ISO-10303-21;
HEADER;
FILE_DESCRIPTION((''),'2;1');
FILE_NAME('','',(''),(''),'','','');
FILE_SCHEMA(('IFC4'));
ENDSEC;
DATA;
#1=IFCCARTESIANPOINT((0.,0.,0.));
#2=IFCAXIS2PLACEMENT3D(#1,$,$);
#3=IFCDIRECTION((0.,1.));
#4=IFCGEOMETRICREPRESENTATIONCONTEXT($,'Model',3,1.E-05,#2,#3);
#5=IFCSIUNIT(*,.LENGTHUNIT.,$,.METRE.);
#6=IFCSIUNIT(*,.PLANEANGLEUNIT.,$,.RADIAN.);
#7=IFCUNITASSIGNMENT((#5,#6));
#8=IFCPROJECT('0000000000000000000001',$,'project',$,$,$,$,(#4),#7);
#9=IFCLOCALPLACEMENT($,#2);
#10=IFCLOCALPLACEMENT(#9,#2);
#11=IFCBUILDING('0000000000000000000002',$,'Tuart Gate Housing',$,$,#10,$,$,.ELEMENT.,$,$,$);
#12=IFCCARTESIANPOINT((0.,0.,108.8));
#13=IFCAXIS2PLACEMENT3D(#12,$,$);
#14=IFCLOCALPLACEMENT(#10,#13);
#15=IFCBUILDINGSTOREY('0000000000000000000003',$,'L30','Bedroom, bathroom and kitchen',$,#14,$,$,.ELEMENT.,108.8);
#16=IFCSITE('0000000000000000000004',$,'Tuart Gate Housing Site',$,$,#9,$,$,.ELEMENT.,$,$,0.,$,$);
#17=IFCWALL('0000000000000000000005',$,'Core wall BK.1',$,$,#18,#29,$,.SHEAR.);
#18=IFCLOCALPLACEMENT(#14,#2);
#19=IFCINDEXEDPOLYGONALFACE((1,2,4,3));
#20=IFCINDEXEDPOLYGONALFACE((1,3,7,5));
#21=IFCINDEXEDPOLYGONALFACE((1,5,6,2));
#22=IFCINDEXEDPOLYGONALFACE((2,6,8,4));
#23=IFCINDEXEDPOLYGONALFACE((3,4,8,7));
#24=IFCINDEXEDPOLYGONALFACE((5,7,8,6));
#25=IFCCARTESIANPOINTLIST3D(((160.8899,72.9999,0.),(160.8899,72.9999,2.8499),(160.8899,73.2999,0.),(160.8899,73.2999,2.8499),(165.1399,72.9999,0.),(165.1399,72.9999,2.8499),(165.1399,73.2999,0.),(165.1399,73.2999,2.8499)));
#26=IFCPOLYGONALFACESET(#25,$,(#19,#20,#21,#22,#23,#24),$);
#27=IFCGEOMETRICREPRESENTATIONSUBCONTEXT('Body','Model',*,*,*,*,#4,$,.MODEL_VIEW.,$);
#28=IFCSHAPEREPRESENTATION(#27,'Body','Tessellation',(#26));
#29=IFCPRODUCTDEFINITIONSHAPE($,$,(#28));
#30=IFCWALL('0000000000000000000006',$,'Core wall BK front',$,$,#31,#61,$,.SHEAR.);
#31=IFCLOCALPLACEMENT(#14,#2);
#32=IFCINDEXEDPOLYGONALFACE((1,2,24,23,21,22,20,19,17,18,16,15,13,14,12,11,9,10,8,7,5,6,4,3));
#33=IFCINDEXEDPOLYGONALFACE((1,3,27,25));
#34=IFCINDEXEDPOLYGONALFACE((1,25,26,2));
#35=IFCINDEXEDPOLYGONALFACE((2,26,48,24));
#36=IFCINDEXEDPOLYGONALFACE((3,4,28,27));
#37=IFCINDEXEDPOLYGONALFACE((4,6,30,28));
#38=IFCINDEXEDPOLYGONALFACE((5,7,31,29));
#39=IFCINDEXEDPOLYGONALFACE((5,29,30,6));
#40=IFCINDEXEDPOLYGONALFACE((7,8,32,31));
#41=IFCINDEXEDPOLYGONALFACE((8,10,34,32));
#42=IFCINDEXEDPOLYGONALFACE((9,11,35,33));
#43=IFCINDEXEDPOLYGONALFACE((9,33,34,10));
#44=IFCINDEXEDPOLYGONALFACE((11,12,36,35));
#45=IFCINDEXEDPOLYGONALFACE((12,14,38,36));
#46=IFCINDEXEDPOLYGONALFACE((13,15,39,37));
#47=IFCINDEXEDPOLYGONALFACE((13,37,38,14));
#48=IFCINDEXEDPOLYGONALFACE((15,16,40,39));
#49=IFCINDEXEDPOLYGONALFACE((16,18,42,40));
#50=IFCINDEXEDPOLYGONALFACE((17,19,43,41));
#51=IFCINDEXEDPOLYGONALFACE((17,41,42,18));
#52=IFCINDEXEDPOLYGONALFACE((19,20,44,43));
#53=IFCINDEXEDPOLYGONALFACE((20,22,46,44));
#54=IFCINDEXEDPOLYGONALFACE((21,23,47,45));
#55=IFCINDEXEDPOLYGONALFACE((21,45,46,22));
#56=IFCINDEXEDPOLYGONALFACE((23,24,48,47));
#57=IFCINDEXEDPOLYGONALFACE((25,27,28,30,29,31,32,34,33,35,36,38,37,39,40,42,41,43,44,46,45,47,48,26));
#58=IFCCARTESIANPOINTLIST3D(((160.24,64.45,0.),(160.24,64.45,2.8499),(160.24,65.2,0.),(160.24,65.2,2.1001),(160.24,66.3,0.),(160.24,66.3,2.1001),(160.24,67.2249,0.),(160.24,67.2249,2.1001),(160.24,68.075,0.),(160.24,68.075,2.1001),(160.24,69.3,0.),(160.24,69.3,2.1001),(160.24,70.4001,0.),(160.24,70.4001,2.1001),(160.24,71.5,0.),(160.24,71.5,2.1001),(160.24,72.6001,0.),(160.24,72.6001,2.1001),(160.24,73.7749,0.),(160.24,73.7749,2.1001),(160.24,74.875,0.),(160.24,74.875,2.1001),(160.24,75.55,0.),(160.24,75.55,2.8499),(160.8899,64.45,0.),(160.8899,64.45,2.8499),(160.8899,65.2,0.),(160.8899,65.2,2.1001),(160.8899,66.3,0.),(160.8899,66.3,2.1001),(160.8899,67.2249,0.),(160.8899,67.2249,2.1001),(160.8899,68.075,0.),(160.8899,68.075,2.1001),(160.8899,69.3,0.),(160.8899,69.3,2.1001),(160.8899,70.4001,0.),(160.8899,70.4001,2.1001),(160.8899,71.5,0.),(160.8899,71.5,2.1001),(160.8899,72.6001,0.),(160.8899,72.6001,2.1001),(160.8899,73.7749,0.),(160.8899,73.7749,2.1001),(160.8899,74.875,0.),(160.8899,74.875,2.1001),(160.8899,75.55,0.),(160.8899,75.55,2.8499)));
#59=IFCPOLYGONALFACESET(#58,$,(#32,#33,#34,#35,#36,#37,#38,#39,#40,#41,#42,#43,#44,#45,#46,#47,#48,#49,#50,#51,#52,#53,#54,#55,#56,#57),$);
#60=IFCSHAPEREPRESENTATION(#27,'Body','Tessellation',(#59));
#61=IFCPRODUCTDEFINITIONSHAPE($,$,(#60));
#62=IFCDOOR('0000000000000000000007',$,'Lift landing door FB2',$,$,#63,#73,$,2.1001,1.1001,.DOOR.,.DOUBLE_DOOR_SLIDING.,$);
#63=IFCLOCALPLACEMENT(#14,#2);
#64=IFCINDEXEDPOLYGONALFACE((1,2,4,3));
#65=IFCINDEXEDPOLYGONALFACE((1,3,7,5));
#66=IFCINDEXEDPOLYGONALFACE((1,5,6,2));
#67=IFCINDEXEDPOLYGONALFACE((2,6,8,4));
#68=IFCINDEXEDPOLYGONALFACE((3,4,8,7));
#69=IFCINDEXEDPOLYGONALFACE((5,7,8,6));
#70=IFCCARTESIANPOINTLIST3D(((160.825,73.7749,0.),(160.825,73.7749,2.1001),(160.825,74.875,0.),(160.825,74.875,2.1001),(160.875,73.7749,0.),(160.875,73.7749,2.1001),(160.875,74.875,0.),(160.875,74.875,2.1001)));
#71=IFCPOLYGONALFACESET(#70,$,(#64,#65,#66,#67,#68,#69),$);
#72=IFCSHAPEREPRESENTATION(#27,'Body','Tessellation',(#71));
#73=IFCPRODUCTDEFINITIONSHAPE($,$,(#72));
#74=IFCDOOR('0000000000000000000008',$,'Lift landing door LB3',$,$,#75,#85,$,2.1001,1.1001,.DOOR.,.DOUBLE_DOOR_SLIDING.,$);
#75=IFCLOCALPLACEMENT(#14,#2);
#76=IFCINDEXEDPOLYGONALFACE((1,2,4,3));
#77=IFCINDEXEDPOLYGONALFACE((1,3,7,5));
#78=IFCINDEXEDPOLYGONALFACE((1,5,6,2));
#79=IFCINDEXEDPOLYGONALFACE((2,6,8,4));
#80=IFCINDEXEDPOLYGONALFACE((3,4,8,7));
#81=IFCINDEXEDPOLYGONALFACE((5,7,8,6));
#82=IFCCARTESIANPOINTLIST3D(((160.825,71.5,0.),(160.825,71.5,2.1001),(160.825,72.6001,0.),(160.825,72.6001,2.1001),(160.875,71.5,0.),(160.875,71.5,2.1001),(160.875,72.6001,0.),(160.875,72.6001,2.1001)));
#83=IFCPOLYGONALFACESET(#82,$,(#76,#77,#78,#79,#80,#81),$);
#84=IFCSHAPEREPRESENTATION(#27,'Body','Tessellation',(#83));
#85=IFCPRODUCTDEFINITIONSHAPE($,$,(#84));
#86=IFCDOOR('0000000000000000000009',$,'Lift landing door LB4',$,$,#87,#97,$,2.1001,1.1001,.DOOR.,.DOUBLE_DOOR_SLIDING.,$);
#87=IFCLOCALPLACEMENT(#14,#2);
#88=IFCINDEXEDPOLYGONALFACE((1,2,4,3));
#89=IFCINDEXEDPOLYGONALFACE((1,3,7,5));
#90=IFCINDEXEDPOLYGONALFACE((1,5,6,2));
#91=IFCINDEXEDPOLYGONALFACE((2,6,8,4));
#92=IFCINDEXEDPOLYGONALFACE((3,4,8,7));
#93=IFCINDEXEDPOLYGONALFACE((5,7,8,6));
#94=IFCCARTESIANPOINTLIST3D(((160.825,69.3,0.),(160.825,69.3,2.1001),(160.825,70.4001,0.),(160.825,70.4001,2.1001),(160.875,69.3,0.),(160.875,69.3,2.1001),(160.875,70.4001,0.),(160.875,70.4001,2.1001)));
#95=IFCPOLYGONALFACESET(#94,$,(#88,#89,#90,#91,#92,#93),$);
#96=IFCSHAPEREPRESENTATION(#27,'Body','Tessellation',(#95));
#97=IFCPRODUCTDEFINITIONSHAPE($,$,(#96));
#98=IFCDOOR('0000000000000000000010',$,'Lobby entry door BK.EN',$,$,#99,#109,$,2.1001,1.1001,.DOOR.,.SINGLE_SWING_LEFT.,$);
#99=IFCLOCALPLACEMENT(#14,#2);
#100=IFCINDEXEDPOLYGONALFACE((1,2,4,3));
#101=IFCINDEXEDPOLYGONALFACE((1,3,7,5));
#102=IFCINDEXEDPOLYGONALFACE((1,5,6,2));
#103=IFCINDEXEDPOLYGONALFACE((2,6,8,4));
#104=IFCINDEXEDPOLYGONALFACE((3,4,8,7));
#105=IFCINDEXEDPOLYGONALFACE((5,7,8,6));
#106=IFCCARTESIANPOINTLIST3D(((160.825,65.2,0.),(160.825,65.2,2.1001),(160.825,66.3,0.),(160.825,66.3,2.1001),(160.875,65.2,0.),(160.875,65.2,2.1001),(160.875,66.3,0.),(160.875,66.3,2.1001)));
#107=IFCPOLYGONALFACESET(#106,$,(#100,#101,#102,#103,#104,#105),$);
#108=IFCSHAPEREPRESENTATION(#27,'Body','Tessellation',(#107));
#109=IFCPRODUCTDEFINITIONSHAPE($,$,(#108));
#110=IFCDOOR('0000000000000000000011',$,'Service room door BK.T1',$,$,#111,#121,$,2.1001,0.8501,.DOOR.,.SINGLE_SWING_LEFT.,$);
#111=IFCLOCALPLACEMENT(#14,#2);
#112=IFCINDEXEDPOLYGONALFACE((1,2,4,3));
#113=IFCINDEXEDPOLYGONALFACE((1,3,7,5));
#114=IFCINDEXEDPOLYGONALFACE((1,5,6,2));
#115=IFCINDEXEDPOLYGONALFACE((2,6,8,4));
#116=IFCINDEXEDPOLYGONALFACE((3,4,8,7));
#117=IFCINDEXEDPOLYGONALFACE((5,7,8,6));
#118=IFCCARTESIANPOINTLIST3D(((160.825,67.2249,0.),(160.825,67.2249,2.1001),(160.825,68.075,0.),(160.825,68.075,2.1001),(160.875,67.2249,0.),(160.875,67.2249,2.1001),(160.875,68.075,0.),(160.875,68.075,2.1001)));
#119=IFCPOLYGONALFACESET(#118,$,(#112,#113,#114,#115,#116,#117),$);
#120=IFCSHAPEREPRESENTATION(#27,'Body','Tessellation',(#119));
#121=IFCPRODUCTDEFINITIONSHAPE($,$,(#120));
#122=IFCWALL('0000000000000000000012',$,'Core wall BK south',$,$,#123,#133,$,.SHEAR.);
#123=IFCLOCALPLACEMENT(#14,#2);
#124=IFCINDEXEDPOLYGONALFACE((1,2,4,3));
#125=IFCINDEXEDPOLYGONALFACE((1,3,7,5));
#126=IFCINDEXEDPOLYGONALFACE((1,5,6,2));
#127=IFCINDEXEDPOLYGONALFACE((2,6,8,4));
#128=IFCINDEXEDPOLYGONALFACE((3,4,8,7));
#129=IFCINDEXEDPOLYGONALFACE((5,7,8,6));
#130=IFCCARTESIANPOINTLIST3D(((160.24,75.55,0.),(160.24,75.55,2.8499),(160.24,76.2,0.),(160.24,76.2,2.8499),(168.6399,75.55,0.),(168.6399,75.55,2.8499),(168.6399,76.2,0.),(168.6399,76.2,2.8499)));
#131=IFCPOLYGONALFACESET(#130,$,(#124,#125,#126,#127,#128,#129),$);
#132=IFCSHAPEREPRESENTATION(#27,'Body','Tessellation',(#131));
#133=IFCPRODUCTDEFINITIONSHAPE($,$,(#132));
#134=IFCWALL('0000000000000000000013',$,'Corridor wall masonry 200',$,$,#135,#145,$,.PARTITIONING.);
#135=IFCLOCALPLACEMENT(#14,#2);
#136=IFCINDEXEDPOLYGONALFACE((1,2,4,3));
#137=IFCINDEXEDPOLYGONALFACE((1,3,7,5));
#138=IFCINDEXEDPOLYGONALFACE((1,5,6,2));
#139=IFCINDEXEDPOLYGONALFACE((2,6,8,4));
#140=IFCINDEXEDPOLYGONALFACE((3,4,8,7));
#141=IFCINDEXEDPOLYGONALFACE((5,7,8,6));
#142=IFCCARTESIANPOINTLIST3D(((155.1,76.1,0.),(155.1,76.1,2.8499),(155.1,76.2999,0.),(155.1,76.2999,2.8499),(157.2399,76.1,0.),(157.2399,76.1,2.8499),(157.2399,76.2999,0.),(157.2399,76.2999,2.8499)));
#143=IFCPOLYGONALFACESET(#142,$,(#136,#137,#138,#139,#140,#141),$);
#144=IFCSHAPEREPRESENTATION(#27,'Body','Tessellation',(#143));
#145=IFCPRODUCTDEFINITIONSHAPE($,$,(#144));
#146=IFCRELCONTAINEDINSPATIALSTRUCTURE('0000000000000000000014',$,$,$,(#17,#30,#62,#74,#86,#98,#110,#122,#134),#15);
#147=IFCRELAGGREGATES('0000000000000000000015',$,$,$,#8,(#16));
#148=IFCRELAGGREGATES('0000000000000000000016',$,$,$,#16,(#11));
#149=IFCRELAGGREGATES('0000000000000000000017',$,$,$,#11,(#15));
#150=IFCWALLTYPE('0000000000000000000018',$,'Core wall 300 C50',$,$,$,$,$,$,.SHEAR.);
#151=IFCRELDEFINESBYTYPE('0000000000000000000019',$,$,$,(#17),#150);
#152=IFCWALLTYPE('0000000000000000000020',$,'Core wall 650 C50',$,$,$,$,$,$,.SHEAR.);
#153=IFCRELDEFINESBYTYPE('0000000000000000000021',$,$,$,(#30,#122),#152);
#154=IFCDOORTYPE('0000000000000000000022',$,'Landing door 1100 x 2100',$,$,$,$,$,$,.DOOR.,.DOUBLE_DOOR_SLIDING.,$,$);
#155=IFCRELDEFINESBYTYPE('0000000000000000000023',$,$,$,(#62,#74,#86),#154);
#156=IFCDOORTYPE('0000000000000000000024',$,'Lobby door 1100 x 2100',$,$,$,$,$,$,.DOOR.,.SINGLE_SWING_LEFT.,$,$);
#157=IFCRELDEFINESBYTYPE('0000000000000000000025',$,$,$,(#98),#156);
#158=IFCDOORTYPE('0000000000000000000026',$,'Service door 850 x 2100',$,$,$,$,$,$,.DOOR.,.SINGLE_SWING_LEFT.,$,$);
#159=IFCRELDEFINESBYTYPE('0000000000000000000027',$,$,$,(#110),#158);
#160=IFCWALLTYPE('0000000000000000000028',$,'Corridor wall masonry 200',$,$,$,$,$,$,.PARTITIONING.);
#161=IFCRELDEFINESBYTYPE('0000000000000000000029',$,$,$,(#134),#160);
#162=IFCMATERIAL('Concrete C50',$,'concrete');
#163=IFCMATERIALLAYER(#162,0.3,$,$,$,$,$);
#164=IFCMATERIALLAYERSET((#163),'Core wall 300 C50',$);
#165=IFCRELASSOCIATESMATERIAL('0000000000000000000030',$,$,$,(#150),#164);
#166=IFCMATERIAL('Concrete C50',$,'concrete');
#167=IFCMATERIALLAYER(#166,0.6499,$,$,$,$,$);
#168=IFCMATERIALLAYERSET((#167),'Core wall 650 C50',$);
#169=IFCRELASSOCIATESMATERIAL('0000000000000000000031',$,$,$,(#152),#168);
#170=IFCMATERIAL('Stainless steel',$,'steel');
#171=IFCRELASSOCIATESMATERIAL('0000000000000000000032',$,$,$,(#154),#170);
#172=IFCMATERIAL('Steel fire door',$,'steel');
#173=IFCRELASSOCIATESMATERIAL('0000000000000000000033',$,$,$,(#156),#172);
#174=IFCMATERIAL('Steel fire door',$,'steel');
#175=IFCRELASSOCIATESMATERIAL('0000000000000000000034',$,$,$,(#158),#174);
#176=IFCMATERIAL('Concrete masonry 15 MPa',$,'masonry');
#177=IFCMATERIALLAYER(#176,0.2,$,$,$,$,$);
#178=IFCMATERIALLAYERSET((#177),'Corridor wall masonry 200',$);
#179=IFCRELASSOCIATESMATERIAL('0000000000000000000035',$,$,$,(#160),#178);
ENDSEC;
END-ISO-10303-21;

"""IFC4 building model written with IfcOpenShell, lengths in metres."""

from ifc_helpers import new_model, si_unit, direction, frame, frame_2d, origin, place, context, subcontext, project, spatial, rectangle, extrude, material, layer, layer_set, type_object, element, fill, save


model = new_model("IFC4")

# Units and contexts
model_context = context("Model", 3, precision=1e-05, world=origin(), true_north=direction((0.0, 1.0)))
body_context = subcontext(model_context, "Body", "Model", "MODEL_VIEW")
ifc_project = project(units=[si_unit("LENGTHUNIT", "METRE"), si_unit("PLANEANGLEUNIT", "RADIAN")], contexts=[model_context])

# Site, building, storey
site_placement = place(None, origin())
site = spatial("IfcSite", under=ifc_project, at=site_placement, Name="Tuart Gate Housing Site", CompositionType="ELEMENT", RefElevation=0.0)
building_placement = place(site_placement, origin())
building = spatial("IfcBuilding", under=site, at=building_placement, Name="Tuart Gate Housing", CompositionType="ELEMENT")
storey_placement = place(building_placement, frame((0.0, 0.0, 108.8)))
storey = spatial("IfcBuildingStorey", under=building, at=storey_placement, Name="L30", Description="Bedroom, bathroom and kitchen", CompositionType="ELEMENT", Elevation=108.8)

# Wall
ifc_material_1 = material(Name="Concrete C50", Category="concrete")
ifc_layer_1 = layer(ifc_material_1, 0.3)
ifc_layer_set_1 = layer_set([ifc_layer_1], Name="Core wall 300 C50")
wall_type_1 = type_object("IfcWallType", Name="Core wall 300 C50", PredefinedType="SHEAR", material=ifc_layer_set_1)
wall_1_placement = place(storey_placement, frame((160.8899, 73.1499, 0.0), z_axis=(0.0, 0.0, 1.0), x_axis=(1.0, 0.0, 0.0)))
element("IfcWall", 1, at=wall_1_placement, inside=storey, type_object=wall_type_1, Name="Core wall BK.1", PredefinedType="SHEAR", context=body_context, shape_type="SweptSolid", body=[
    extrude(rectangle(XDim=4.25, YDim=0.3, at=frame_2d((2.125, 0.0))), origin(), (0.0, 0.0, 1.0), 2.8499),
])

# Wall, openings, doors
ifc_material_2 = material(Name="Concrete C50", Category="concrete")
ifc_layer_2 = layer(ifc_material_2, 0.6499)
ifc_layer_set_2 = layer_set([ifc_layer_2], Name="Core wall 650 C50")
wall_type_2 = type_object("IfcWallType", Name="Core wall 650 C50", PredefinedType="SHEAR", material=ifc_layer_set_2)
wall_2_placement = place(storey_placement, frame((160.5649, 75.55, 0.0), z_axis=(0.0, 0.0, 1.0), x_axis=(0.0, -1.0, 0.0)))
wall_2 = element("IfcWall", 2, at=wall_2_placement, inside=storey, type_object=wall_type_2, Name="Core wall BK front", PredefinedType="SHEAR", context=body_context, shape_type="SweptSolid", body=[
    extrude(rectangle(XDim=11.1001, YDim=0.6499, at=frame_2d((5.55, 0.0))), origin(), (0.0, 0.0, 1.0), 2.8499),
])
opening_1_placement = place(wall_2_placement, frame((0.675, 0.0, 0.0)))
opening_1 = element("IfcOpeningElement", 3, at=opening_1_placement, cuts=wall_2, PredefinedType="OPENING", context=body_context, shape_type="SweptSolid", body=[
    extrude(rectangle(XDim=1.1001, YDim=2.1001, at=frame_2d((0.55, 1.05))), frame((0.0, 0.335, 0.0), z_axis=(0.0, -1.0, 0.0), x_axis=(1.0, 0.0, 0.0)), (0.0, 0.0, 1.0), 0.6699),
])
opening_2_placement = place(wall_2_placement, frame((2.95, 0.0, 0.0)))
opening_2 = element("IfcOpeningElement", 4, at=opening_2_placement, cuts=wall_2, PredefinedType="OPENING", context=body_context, shape_type="SweptSolid", body=[
    extrude(rectangle(XDim=1.1001, YDim=2.1001, at=frame_2d((0.55, 1.05))), frame((0.0, 0.335, 0.0), z_axis=(0.0, -1.0, 0.0), x_axis=(1.0, 0.0, 0.0)), (0.0, 0.0, 1.0), 0.6699),
])
opening_3_placement = place(wall_2_placement, frame((5.1499, 0.0, 0.0)))
opening_3 = element("IfcOpeningElement", 5, at=opening_3_placement, cuts=wall_2, PredefinedType="OPENING", context=body_context, shape_type="SweptSolid", body=[
    extrude(rectangle(XDim=1.1001, YDim=2.1001, at=frame_2d((0.55, 1.05))), frame((0.0, 0.335, 0.0), z_axis=(0.0, -1.0, 0.0), x_axis=(1.0, 0.0, 0.0)), (0.0, 0.0, 1.0), 0.6699),
])
opening_4_placement = place(wall_2_placement, frame((9.25, 0.0, 0.0)))
opening_4 = element("IfcOpeningElement", 6, at=opening_4_placement, cuts=wall_2, PredefinedType="OPENING", context=body_context, shape_type="SweptSolid", body=[
    extrude(rectangle(XDim=1.1001, YDim=2.1001, at=frame_2d((0.55, 1.05))), frame((0.0, 0.335, 0.0), z_axis=(0.0, -1.0, 0.0), x_axis=(1.0, 0.0, 0.0)), (0.0, 0.0, 1.0), 0.6699),
])
opening_5_placement = place(wall_2_placement, frame((7.4751, 0.0, 0.0)))
opening_5 = element("IfcOpeningElement", 7, at=opening_5_placement, cuts=wall_2, PredefinedType="OPENING", context=body_context, shape_type="SweptSolid", body=[
    extrude(rectangle(XDim=0.8501, YDim=2.1001, at=frame_2d((0.425, 1.05))), frame((0.0, 0.335, 0.0), z_axis=(0.0, -1.0, 0.0), x_axis=(1.0, 0.0, 0.0)), (0.0, 0.0, 1.0), 0.6699),
])
ifc_material_3 = material(Name="Stainless steel", Category="steel")
door_type_1 = type_object("IfcDoorType", Name="Landing door 1100 x 2100", OperationType="DOUBLE_DOOR_SLIDING", PredefinedType="DOOR", material=ifc_material_3)
door_1_placement = place(opening_1_placement, origin())
door_1 = element("IfcDoor", 8, at=door_1_placement, inside=storey, type_object=door_type_1, Name="Lift landing door FB2", OperationType="DOUBLE_DOOR_SLIDING", OverallHeight=2.1001, OverallWidth=1.1001, PredefinedType="DOOR", context=body_context, shape_type="SweptSolid", body=[
    extrude(rectangle(XDim=1.1001, YDim=2.1001, at=frame_2d((0.55, 1.05))), frame((0.0, 0.3101, 0.0), z_axis=(0.0, -1.0, 0.0), x_axis=(1.0, 0.0, 0.0)), (0.0, 0.0, 1.0), 0.05),
])
fill(opening_1, door_1)
door_2_placement = place(opening_2_placement, origin())
door_2 = element("IfcDoor", 9, at=door_2_placement, inside=storey, type_object=door_type_1, Name="Lift landing door LB3", OperationType="DOUBLE_DOOR_SLIDING", OverallHeight=2.1001, OverallWidth=1.1001, PredefinedType="DOOR", context=body_context, shape_type="SweptSolid", body=[
    extrude(rectangle(XDim=1.1001, YDim=2.1001, at=frame_2d((0.55, 1.05))), frame((0.0, 0.3101, 0.0), z_axis=(0.0, -1.0, 0.0), x_axis=(1.0, 0.0, 0.0)), (0.0, 0.0, 1.0), 0.05),
])
fill(opening_2, door_2)
door_3_placement = place(opening_3_placement, origin())
door_3 = element("IfcDoor", 10, at=door_3_placement, inside=storey, type_object=door_type_1, Name="Lift landing door LB4", OperationType="DOUBLE_DOOR_SLIDING", OverallHeight=2.1001, OverallWidth=1.1001, PredefinedType="DOOR", context=body_context, shape_type="SweptSolid", body=[
    extrude(rectangle(XDim=1.1001, YDim=2.1001, at=frame_2d((0.55, 1.05))), frame((0.0, 0.3101, 0.0), z_axis=(0.0, -1.0, 0.0), x_axis=(1.0, 0.0, 0.0)), (0.0, 0.0, 1.0), 0.05),
])
fill(opening_3, door_3)
ifc_material_4 = material(Name="Steel fire door", Category="steel")
door_type_2 = type_object("IfcDoorType", Name="Lobby door 1100 x 2100", OperationType="SINGLE_SWING_LEFT", PredefinedType="DOOR", material=ifc_material_4)
door_4_placement = place(opening_4_placement, origin())
door_4 = element("IfcDoor", 11, at=door_4_placement, inside=storey, type_object=door_type_2, Name="Lobby entry door BK.EN", OperationType="SINGLE_SWING_LEFT", OverallHeight=2.1001, OverallWidth=1.1001, PredefinedType="DOOR", context=body_context, shape_type="SweptSolid", body=[
    extrude(rectangle(XDim=1.1001, YDim=2.1001, at=frame_2d((0.55, 1.05))), frame((0.0, 0.3101, 0.0), z_axis=(0.0, -1.0, 0.0), x_axis=(1.0, 0.0, 0.0)), (0.0, 0.0, 1.0), 0.05),
])
fill(opening_4, door_4)
ifc_material_5 = material(Name="Steel fire door", Category="steel")
door_type_3 = type_object("IfcDoorType", Name="Service door 850 x 2100", OperationType="SINGLE_SWING_LEFT", PredefinedType="DOOR", material=ifc_material_5)
door_5_placement = place(opening_5_placement, origin())
door_5 = element("IfcDoor", 12, at=door_5_placement, inside=storey, type_object=door_type_3, Name="Service room door BK.T1", OperationType="SINGLE_SWING_LEFT", OverallHeight=2.1001, OverallWidth=0.8501, PredefinedType="DOOR", context=body_context, shape_type="SweptSolid", body=[
    extrude(rectangle(XDim=0.8501, YDim=2.1001, at=frame_2d((0.425, 1.05))), frame((0.0, 0.3101, 0.0), z_axis=(0.0, -1.0, 0.0), x_axis=(1.0, 0.0, 0.0)), (0.0, 0.0, 1.0), 0.05),
])
fill(opening_5, door_5)

# Walls
wall_3_placement = place(storey_placement, frame((160.24, 75.875, 0.0), z_axis=(0.0, 0.0, 1.0), x_axis=(1.0, 0.0, 0.0)))
element("IfcWall", 13, at=wall_3_placement, inside=storey, type_object=wall_type_2, Name="Core wall BK south", PredefinedType="SHEAR", context=body_context, shape_type="SweptSolid", body=[
    extrude(rectangle(XDim=8.3999, YDim=0.6499, at=frame_2d((4.2, 0.0))), origin(), (0.0, 0.0, 1.0), 2.8499),
])
ifc_material_6 = material(Name="Concrete masonry 15 MPa", Category="masonry")
ifc_layer_3 = layer(ifc_material_6, 0.2)
ifc_layer_set_3 = layer_set([ifc_layer_3], Name="Corridor wall masonry 200")
wall_type_3 = type_object("IfcWallType", Name="Corridor wall masonry 200", PredefinedType="PARTITIONING", material=ifc_layer_set_3)
wall_4_placement = place(storey_placement, frame((155.1001, 76.2, 0.0), z_axis=(0.0, 0.0, 1.0), x_axis=(1.0, 0.0, 0.0)))
element("IfcWall", 14, at=wall_4_placement, inside=storey, type_object=wall_type_3, Name="Corridor wall masonry 200", PredefinedType="PARTITIONING", context=body_context, shape_type="SweptSolid", body=[
    extrude(rectangle(XDim=2.1399, YDim=0.2, at=frame_2d((1.0698, 0.0))), origin(), (0.0, 0.0, 1.0), 2.8499),
])

save(model, "model.ifc")
